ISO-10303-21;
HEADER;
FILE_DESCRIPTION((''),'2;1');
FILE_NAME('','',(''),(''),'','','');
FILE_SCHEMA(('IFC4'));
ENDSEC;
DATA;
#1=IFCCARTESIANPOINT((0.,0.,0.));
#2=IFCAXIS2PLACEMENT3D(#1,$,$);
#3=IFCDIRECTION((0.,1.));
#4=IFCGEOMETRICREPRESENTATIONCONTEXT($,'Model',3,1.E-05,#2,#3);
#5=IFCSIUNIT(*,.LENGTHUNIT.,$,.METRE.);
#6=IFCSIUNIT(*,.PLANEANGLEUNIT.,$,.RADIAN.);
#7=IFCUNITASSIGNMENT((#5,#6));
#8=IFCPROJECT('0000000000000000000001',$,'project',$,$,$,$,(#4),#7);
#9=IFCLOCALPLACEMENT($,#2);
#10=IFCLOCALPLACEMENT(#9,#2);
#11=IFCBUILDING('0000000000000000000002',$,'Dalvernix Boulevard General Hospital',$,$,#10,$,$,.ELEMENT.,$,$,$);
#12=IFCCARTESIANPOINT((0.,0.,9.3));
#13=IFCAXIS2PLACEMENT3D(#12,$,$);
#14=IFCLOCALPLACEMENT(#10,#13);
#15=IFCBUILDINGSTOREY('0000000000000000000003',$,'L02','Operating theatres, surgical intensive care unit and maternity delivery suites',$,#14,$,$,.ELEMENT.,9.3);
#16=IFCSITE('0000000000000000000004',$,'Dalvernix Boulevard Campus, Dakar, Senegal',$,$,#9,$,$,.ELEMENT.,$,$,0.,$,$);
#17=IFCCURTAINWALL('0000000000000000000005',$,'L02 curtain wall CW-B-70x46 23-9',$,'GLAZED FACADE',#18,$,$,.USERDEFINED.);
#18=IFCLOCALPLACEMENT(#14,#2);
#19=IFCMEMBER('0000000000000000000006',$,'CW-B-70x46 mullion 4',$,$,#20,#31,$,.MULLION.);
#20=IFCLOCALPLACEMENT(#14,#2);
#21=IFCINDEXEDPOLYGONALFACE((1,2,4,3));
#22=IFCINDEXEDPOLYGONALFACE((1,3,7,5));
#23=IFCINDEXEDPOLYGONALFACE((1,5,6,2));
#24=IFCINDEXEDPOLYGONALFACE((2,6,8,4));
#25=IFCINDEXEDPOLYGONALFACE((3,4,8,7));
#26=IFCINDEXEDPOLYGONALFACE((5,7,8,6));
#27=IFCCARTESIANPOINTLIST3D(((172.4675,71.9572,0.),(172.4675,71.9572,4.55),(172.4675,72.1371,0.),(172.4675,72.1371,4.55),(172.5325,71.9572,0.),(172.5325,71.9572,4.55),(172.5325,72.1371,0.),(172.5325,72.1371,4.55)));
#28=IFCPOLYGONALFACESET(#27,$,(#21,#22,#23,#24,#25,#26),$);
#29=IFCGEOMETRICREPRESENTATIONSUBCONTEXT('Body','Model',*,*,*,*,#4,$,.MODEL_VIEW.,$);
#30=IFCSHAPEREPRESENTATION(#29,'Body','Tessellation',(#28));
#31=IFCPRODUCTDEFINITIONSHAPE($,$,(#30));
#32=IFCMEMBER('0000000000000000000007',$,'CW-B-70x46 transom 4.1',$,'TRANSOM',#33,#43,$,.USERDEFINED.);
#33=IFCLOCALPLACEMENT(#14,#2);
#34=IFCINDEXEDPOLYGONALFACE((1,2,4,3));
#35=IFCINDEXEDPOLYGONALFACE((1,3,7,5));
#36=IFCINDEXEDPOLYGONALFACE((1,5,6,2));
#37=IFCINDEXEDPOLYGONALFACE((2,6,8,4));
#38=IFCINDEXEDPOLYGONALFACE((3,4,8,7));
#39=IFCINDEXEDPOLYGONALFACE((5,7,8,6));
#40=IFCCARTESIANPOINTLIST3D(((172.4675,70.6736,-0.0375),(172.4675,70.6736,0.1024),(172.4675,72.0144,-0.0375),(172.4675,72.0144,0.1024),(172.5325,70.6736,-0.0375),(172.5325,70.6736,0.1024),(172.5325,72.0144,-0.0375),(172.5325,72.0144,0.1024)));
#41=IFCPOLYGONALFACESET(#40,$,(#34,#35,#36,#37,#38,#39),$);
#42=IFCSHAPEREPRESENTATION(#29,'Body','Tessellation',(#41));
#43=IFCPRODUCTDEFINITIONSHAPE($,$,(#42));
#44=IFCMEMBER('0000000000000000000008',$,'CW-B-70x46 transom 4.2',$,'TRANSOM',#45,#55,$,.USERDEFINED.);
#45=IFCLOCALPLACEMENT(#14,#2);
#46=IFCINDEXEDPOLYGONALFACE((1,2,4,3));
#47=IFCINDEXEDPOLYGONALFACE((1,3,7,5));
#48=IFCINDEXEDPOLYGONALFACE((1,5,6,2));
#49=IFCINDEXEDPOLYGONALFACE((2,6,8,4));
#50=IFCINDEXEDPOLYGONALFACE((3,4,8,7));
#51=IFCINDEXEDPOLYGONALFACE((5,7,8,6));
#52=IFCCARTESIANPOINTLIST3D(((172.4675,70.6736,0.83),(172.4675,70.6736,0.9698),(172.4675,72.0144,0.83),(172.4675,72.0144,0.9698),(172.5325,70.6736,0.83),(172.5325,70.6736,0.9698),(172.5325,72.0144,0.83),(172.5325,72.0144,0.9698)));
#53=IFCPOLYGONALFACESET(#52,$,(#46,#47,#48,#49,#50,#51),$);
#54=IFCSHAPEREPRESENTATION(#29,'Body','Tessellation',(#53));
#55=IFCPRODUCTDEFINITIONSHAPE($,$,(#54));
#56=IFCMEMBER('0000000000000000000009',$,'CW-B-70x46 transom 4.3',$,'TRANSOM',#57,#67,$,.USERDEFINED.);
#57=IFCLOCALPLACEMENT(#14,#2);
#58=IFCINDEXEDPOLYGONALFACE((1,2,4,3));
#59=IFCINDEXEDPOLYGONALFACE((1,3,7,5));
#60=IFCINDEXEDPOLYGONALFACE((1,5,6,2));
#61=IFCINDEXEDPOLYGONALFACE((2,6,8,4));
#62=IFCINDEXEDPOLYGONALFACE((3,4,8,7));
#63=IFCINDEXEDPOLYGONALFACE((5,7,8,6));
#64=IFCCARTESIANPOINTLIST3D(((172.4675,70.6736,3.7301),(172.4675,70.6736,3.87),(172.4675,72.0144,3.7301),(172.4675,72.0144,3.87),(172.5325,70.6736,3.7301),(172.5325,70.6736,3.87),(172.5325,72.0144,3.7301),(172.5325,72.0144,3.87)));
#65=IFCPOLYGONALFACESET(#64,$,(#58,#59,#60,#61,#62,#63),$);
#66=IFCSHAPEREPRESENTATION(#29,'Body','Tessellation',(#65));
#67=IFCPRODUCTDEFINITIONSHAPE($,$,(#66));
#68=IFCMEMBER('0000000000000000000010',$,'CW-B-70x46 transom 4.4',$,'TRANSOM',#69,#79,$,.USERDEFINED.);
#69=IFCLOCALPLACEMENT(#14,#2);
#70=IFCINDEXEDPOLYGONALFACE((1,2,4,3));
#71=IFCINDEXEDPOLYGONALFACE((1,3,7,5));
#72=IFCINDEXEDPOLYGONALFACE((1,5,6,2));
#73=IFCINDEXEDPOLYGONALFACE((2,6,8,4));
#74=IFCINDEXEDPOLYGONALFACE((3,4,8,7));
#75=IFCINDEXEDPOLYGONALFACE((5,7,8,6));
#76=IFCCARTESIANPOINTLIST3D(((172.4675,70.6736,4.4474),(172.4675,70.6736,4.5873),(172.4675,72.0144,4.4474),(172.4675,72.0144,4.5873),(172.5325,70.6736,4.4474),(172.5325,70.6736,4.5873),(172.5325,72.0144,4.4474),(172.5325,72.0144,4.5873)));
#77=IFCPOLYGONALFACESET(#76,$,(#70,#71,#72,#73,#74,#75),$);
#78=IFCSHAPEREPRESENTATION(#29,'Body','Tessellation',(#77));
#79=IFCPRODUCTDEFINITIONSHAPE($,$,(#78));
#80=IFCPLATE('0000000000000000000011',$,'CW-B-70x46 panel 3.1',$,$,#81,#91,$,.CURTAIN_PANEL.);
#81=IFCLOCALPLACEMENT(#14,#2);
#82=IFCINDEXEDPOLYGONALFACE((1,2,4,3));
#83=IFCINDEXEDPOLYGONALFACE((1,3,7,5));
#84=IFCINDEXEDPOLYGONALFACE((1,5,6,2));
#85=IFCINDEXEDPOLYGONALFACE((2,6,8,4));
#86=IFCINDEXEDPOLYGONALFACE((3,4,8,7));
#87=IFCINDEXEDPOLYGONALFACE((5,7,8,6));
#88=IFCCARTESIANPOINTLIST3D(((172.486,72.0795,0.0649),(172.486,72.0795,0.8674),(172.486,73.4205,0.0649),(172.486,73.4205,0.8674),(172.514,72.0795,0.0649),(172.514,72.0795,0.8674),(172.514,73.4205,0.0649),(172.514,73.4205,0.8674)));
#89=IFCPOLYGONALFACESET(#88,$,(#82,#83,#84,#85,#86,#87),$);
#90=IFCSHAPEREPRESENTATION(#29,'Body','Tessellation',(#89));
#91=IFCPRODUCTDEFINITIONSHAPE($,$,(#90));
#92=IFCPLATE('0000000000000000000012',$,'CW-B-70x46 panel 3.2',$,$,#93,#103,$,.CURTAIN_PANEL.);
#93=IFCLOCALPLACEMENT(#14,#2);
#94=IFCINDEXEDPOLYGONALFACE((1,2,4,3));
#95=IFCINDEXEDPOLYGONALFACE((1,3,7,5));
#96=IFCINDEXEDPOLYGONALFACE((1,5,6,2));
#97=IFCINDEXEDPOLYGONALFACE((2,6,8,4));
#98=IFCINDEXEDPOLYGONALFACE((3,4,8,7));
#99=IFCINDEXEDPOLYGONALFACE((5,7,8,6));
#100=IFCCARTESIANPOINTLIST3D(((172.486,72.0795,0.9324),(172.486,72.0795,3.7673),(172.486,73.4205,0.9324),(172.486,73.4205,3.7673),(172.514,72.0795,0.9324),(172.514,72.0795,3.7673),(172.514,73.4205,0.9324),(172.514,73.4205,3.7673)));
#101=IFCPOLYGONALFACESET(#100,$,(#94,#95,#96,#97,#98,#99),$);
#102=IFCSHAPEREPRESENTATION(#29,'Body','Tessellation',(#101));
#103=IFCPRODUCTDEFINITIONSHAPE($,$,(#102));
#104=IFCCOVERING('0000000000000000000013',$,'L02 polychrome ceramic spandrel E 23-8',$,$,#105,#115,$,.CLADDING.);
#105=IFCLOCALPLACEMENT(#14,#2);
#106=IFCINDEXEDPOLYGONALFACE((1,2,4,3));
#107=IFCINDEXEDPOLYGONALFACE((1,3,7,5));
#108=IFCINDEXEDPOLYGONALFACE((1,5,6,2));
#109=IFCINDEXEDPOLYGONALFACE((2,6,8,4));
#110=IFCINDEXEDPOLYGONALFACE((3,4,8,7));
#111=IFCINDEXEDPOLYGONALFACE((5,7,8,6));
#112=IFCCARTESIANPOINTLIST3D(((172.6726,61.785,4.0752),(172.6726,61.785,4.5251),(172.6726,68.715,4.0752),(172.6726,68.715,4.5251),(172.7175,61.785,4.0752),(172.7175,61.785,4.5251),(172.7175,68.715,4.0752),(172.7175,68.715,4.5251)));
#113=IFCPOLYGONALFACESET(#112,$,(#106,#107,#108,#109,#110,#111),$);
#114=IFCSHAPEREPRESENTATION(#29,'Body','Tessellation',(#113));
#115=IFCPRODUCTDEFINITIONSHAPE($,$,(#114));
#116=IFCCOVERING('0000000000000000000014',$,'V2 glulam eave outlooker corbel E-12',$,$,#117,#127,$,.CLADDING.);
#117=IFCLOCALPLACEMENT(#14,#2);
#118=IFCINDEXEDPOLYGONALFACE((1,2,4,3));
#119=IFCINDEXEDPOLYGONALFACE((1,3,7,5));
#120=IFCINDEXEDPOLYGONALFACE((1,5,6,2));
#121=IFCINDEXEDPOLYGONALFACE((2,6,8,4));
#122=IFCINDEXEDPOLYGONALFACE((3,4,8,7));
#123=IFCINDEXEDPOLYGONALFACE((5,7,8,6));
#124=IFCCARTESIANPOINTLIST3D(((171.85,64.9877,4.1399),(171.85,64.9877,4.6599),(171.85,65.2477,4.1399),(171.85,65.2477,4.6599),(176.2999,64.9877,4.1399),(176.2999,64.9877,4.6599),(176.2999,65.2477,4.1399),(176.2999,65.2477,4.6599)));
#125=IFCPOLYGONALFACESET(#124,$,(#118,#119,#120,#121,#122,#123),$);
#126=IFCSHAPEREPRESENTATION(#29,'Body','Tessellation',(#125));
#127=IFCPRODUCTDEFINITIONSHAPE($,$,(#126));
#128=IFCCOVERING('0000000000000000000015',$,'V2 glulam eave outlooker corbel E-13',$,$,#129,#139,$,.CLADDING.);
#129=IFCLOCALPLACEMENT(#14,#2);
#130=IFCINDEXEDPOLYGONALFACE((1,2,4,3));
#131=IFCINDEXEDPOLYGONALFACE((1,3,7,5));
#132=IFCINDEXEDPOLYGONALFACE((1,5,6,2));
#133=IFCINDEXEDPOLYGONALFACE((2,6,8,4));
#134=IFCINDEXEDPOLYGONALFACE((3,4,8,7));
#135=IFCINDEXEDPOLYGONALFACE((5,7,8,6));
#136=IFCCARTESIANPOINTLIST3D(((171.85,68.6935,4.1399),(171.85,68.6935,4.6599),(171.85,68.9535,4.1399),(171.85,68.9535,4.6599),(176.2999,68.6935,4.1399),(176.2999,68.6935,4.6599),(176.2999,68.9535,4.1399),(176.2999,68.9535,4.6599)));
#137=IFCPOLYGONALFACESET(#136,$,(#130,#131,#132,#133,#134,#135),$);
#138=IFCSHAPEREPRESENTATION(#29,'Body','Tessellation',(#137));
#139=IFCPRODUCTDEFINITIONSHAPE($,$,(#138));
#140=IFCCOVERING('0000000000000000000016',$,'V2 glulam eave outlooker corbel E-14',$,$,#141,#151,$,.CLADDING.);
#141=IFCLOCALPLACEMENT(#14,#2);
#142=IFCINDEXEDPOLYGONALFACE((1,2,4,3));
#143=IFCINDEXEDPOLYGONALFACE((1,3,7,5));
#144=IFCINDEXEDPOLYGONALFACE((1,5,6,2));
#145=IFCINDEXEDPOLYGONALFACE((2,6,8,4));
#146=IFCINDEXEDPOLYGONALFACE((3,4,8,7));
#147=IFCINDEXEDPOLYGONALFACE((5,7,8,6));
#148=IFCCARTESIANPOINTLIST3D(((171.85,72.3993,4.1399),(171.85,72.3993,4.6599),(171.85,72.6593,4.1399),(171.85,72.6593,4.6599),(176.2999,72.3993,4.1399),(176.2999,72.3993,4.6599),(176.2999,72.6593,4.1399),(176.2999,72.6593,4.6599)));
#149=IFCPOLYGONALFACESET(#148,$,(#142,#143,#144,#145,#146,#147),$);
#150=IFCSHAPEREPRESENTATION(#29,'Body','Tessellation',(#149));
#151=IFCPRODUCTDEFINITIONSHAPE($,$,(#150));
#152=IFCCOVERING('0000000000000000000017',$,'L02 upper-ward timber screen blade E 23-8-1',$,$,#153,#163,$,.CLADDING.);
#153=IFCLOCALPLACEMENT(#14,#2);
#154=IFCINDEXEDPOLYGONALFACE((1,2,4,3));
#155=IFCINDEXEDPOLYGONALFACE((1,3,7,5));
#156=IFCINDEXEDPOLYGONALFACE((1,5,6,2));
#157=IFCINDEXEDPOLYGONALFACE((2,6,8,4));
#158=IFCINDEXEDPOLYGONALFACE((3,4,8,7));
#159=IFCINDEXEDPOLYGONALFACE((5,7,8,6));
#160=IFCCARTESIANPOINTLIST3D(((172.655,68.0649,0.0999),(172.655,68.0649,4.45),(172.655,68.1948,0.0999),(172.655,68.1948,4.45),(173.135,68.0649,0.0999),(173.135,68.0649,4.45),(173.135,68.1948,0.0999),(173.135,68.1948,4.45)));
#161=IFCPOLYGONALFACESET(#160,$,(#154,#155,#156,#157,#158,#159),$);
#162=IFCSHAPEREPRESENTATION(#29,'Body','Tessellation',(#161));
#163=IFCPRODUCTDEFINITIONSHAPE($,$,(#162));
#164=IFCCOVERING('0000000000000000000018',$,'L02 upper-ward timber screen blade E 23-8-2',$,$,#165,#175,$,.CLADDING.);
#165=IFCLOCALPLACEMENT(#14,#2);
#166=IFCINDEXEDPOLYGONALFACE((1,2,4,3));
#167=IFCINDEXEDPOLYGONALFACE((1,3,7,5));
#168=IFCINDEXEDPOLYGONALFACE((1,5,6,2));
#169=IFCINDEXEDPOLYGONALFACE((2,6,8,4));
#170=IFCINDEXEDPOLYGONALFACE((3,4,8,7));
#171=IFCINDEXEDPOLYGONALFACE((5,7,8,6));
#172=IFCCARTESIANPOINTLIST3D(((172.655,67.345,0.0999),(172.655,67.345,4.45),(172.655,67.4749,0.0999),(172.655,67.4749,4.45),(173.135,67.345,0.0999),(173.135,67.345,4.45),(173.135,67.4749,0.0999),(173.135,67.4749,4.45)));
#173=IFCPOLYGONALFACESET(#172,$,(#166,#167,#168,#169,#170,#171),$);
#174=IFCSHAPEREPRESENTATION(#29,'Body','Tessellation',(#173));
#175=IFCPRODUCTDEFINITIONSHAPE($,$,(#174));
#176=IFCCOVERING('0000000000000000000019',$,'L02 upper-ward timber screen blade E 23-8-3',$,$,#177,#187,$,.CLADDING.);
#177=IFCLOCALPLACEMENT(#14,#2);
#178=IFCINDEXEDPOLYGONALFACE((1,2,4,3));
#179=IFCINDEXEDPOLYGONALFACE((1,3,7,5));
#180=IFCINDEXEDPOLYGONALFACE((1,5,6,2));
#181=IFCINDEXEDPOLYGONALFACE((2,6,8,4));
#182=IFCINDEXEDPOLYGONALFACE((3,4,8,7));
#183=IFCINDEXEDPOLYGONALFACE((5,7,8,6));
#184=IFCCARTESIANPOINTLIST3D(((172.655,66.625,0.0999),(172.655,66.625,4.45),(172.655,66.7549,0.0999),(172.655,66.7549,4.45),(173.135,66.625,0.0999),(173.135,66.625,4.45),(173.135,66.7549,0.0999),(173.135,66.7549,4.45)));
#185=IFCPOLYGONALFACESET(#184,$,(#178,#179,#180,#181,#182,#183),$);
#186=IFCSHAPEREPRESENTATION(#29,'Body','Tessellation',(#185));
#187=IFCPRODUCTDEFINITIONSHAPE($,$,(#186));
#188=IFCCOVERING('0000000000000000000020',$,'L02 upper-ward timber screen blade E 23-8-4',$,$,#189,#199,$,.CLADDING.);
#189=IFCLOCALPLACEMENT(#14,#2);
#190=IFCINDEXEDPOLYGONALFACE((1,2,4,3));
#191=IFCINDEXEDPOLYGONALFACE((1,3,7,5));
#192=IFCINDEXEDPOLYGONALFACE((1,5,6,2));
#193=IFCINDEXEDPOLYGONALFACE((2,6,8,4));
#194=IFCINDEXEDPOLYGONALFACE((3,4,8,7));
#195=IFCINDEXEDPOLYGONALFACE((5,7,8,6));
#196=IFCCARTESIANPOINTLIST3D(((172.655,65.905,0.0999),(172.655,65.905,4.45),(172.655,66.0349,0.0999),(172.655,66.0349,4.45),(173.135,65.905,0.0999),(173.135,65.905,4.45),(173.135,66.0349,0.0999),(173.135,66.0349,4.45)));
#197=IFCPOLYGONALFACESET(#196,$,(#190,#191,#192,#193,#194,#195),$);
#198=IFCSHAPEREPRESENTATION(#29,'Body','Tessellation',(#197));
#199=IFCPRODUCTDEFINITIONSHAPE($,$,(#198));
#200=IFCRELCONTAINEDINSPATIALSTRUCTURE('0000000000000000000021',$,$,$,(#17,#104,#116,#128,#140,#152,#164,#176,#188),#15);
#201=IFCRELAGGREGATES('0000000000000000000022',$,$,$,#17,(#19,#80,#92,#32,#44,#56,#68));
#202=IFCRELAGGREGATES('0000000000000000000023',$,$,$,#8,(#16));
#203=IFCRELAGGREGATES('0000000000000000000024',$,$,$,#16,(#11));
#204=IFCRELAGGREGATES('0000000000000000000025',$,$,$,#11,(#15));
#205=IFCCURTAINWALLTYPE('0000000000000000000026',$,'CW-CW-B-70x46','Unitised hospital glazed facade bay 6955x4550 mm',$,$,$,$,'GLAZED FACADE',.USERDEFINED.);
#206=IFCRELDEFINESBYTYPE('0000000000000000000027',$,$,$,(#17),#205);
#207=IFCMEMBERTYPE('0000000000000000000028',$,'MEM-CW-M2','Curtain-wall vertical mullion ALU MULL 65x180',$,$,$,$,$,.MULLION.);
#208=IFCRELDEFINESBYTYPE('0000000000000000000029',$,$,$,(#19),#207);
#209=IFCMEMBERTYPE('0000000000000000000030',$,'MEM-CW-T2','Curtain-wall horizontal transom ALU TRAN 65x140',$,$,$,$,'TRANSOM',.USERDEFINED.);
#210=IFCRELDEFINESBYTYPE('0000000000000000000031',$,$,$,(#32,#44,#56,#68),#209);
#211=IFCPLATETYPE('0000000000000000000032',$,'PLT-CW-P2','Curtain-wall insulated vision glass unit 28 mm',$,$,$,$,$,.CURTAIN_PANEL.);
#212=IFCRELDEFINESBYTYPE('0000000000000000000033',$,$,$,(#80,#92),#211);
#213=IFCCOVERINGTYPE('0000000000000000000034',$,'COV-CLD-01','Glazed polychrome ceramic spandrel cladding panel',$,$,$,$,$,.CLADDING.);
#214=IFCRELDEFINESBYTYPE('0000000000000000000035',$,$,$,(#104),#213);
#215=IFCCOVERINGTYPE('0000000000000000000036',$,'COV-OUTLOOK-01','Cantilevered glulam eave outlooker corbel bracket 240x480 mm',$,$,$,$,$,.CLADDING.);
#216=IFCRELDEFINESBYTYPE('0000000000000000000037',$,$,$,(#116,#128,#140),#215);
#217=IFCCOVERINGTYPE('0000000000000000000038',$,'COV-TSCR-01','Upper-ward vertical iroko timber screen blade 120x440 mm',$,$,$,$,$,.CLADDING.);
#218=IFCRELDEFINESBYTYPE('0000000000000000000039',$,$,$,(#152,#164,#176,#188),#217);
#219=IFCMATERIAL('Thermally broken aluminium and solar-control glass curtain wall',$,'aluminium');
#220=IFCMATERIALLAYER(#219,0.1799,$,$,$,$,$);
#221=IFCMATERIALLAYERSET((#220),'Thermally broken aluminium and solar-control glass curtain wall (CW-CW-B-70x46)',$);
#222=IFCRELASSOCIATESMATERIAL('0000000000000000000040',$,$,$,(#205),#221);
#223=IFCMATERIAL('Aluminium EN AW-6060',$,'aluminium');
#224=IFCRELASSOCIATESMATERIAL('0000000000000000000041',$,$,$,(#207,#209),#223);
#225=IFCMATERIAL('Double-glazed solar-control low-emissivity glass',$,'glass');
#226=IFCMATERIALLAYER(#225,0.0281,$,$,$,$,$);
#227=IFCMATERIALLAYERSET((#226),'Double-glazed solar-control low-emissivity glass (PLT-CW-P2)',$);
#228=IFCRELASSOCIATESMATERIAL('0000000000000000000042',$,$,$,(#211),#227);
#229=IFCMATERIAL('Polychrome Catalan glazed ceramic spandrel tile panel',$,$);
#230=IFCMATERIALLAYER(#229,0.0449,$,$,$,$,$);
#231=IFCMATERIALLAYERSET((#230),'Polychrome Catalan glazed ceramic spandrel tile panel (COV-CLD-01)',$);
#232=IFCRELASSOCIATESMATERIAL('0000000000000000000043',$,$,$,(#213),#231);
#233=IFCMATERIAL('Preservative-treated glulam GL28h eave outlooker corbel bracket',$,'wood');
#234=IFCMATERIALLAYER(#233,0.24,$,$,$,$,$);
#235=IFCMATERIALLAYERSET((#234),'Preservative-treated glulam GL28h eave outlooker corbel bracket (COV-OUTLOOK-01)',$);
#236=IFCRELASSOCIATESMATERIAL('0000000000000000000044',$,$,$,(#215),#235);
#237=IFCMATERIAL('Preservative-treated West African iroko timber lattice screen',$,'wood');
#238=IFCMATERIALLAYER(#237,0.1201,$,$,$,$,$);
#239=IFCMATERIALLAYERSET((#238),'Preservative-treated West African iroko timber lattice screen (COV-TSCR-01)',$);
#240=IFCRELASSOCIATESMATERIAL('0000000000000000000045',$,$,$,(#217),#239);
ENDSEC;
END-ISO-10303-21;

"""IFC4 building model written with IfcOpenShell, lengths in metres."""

from ifc_helpers import new_model, si_unit, direction, frame, origin, origin_2d, place, context, subcontext, project, spatial, rectangle, extrude, material, layer, layer_set, material_profile, profile_set, type_object, element, aggregate, save


model = new_model("IFC4")

# Units and contexts
model_context = context("Model", 3, precision=1e-05, world=origin(), true_north=direction((0.0, 1.0)))
body_context = subcontext(model_context, "Body", "Model", "MODEL_VIEW")
ifc_project = project(units=[si_unit("LENGTHUNIT", "METRE"), si_unit("PLANEANGLEUNIT", "RADIAN")], contexts=[model_context])

# Site, building, storey
site_placement = place(None, origin())
site = spatial("IfcSite", under=ifc_project, at=site_placement, Name="Dalvernix Boulevard Campus, Dakar, Senegal", CompositionType="ELEMENT", RefElevation=0.0)
building_placement = place(site_placement, origin())
building = spatial("IfcBuilding", under=site, at=building_placement, Name="Dalvernix Boulevard General Hospital", CompositionType="ELEMENT")
storey_placement = place(building_placement, frame((0.0, 0.0, 9.3)))
storey = spatial("IfcBuildingStorey", under=building, at=storey_placement, Name="L02", Description="Operating theatres, surgical intensive care unit and maternity delivery suites", CompositionType="ELEMENT", Elevation=9.3)

# Curtain wall, members, plates
ifc_material_1 = material(Name="Thermally broken aluminium and solar-control glass curtain wall", Category="aluminium")
ifc_layer_1 = layer(ifc_material_1, 0.1799)
ifc_layer_set_1 = layer_set([ifc_layer_1], Name="Thermally broken aluminium and solar-control glass curtain wall (CW-CW-B-70x46)")
curtain_wall_type = type_object("IfcCurtainWallType", Name="CW-CW-B-70x46", Description="Unitised hospital glazed facade bay 6955x4550 mm", ElementType="GLAZED FACADE", PredefinedType="USERDEFINED", material=ifc_layer_set_1)
curtain_wall_placement = place(storey_placement, origin())
curtain_wall = element("IfcCurtainWall", 1, at=curtain_wall_placement, inside=storey, type_object=curtain_wall_type, Name="L02 curtain wall CW-B-70x46 23-9", ObjectType="GLAZED FACADE", PredefinedType="USERDEFINED")
ifc_material_2 = material(Name="Aluminium EN AW-6060", Category="aluminium")
ifc_material_profile_1 = material_profile(ifc_material_2, rectangle(XDim=0.0649, YDim=0.1799, at=origin_2d()), Name="ALU MULL 65x180")
ifc_profile_set_1 = profile_set([ifc_material_profile_1], Name="Aluminium EN AW-6060")
member_type_1 = type_object("IfcMemberType", Name="MEM-CW-M2", Description="Curtain-wall vertical mullion ALU MULL 65x180", PredefinedType="MULLION", material=ifc_profile_set_1)
member_1_placement = place(storey_placement, frame((172.5, 72.0471, 0.0), z_axis=(0.0, 0.0, 1.0), x_axis=(1.0, 0.0, 0.0)))
member_1 = element("IfcMember", 2, at=member_1_placement, type_object=member_type_1, Name="CW-B-70x46 mullion 4", PredefinedType="MULLION", context=body_context, shape_type="SweptSolid", body=[
    extrude(rectangle(XDim=0.0649, YDim=0.1799, at=origin_2d()), origin(), (0.0, 0.0, 1.0), 4.55),
])
ifc_material_profile_2 = material_profile(ifc_material_2, rectangle(XDim=0.0649, YDim=0.1399, at=origin_2d()), Name="ALU TRAN 65x140")
ifc_profile_set_2 = profile_set([ifc_material_profile_2], Name="Aluminium EN AW-6060")
member_type_2 = type_object("IfcMemberType", Name="MEM-CW-T2", Description="Curtain-wall horizontal transom ALU TRAN 65x140", ElementType="TRANSOM", PredefinedType="USERDEFINED", material=ifc_profile_set_2)
member_2_placement = place(storey_placement, frame((172.5, 72.0144, 0.0325), z_axis=(0.0, -1.0, 0.0), x_axis=(1.0, 0.0, 0.0)))
member_2 = element("IfcMember", 3, at=member_2_placement, type_object=member_type_2, Name="CW-B-70x46 transom 4.1", ObjectType="TRANSOM", PredefinedType="USERDEFINED", context=body_context, shape_type="SweptSolid", body=[
    extrude(rectangle(XDim=0.0649, YDim=0.1399, at=origin_2d()), origin(), (0.0, 0.0, 1.0), 1.3408),
])
member_3_placement = place(storey_placement, frame((172.5, 72.0144, 0.8999), z_axis=(0.0, -1.0, 0.0), x_axis=(1.0, 0.0, 0.0)))
member_3 = element("IfcMember", 4, at=member_3_placement, type_object=member_type_2, Name="CW-B-70x46 transom 4.2", ObjectType="TRANSOM", PredefinedType="USERDEFINED", context=body_context, shape_type="SweptSolid", body=[
    extrude(rectangle(XDim=0.0649, YDim=0.1399, at=origin_2d()), origin(), (0.0, 0.0, 1.0), 1.3408),
])
member_4_placement = place(storey_placement, frame((172.5, 72.0144, 3.8), z_axis=(0.0, -1.0, 0.0), x_axis=(1.0, 0.0, 0.0)))
member_4 = element("IfcMember", 5, at=member_4_placement, type_object=member_type_2, Name="CW-B-70x46 transom 4.3", ObjectType="TRANSOM", PredefinedType="USERDEFINED", context=body_context, shape_type="SweptSolid", body=[
    extrude(rectangle(XDim=0.0649, YDim=0.1399, at=origin_2d()), origin(), (0.0, 0.0, 1.0), 1.3408),
])
member_5_placement = place(storey_placement, frame((172.5, 72.0144, 4.5173), z_axis=(0.0, -1.0, 0.0), x_axis=(1.0, 0.0, 0.0)))
member_5 = element("IfcMember", 6, at=member_5_placement, type_object=member_type_2, Name="CW-B-70x46 transom 4.4", ObjectType="TRANSOM", PredefinedType="USERDEFINED", context=body_context, shape_type="SweptSolid", body=[
    extrude(rectangle(XDim=0.0649, YDim=0.1399, at=origin_2d()), origin(), (0.0, 0.0, 1.0), 1.3408),
])
ifc_material_3 = material(Name="Double-glazed solar-control low-emissivity glass", Category="glass")
ifc_layer_2 = layer(ifc_material_3, 0.0281)
ifc_layer_set_2 = layer_set([ifc_layer_2], Name="Double-glazed solar-control low-emissivity glass (PLT-CW-P2)")
plate_type = type_object("IfcPlateType", Name="PLT-CW-P2", Description="Curtain-wall insulated vision glass unit 28 mm", PredefinedType="CURTAIN_PANEL", material=ifc_layer_set_2)
plate_1_placement = place(storey_placement, frame((172.5, 72.75, 0.0649), z_axis=(0.0, 0.0, 1.0), x_axis=(0.0, -1.0, 0.0)))
plate_1 = element("IfcPlate", 7, at=plate_1_placement, type_object=plate_type, Name="CW-B-70x46 panel 3.1", PredefinedType="CURTAIN_PANEL", context=body_context, shape_type="SweptSolid", body=[
    extrude(rectangle(XDim=1.3411, YDim=0.0281, at=origin_2d()), origin(), (0.0, 0.0, 1.0), 0.8025),
])
plate_2_placement = place(storey_placement, frame((172.5, 72.75, 0.9324), z_axis=(0.0, 0.0, 1.0), x_axis=(0.0, -1.0, 0.0)))
plate_2 = element("IfcPlate", 8, at=plate_2_placement, type_object=plate_type, Name="CW-B-70x46 panel 3.2", PredefinedType="CURTAIN_PANEL", context=body_context, shape_type="SweptSolid", body=[
    extrude(rectangle(XDim=1.3411, YDim=0.0281, at=origin_2d()), origin(), (0.0, 0.0, 1.0), 2.835),
])
aggregate(curtain_wall, [member_1, plate_1, plate_2, member_2, member_3, member_4, member_5])

# Coverings
ifc_material_4 = material(Name="Polychrome Catalan glazed ceramic spandrel tile panel")
ifc_layer_3 = layer(ifc_material_4, 0.0449)
ifc_layer_set_3 = layer_set([ifc_layer_3], Name="Polychrome Catalan glazed ceramic spandrel tile panel (COV-CLD-01)")
covering_type_1 = type_object("IfcCoveringType", Name="COV-CLD-01", Description="Glazed polychrome ceramic spandrel cladding panel", PredefinedType="CLADDING", material=ifc_layer_set_3)
covering_placement = place(storey_placement, frame((172.6951, 65.25, 4.0752), z_axis=(0.0, 0.0, 1.0), x_axis=(0.0, -1.0, 0.0)))
element("IfcCovering", 9, at=covering_placement, inside=storey, type_object=covering_type_1, Name="L02 polychrome ceramic spandrel E 23-8", PredefinedType="CLADDING", context=body_context, shape_type="SweptSolid", body=[
    extrude(rectangle(XDim=6.9299, YDim=0.0449, at=origin_2d()), origin(), (0.0, 0.0, 1.0), 0.45),
])
ifc_material_5 = material(Name="Preservative-treated glulam GL28h eave outlooker corbel bracket", Category="wood")
ifc_layer_4 = layer(ifc_material_5, 0.24)
ifc_layer_set_4 = layer_set([ifc_layer_4], Name="Preservative-treated glulam GL28h eave outlooker corbel bracket (COV-OUTLOOK-01)")
covering_type_2 = type_object("IfcCoveringType", Name="COV-OUTLOOK-01", Description="Cantilevered glulam eave outlooker corbel bracket 240x480 mm", PredefinedType="CLADDING", material=ifc_layer_set_4)
for number, where, z_axis, x_axis, name in (
    (10, (174.075, 65.1177, 4.1399), (0.0, 0.0, 1.0), (1.0, 0.0, 0.0), "V2 glulam eave outlooker corbel E-12"),
    (11, (174.075, 68.8235, 4.1399), (0.0, 0.0, 1.0), (1.0, 0.0, 0.0), "V2 glulam eave outlooker corbel E-13"),
    (12, (174.075, 72.5293, 4.1399), (0.0, 0.0, 1.0), (1.0, 0.0, 0.0), "V2 glulam eave outlooker corbel E-14"),
):
    element("IfcCovering", number, at=place(storey_placement, frame(where, z_axis=z_axis, x_axis=x_axis)), inside=storey, type_object=covering_type_2, Name=name, PredefinedType="CLADDING", context=body_context, shape_type="SweptSolid", body=[
        extrude(rectangle(XDim=4.45, YDim=0.26, at=origin_2d()), origin(), (0.0, 0.0, 1.0), 0.52),
    ])
ifc_material_6 = material(Name="Preservative-treated West African iroko timber lattice screen", Category="wood")
ifc_layer_5 = layer(ifc_material_6, 0.1201)
ifc_layer_set_5 = layer_set([ifc_layer_5], Name="Preservative-treated West African iroko timber lattice screen (COV-TSCR-01)")
covering_type_3 = type_object("IfcCoveringType", Name="COV-TSCR-01", Description="Upper-ward vertical iroko timber screen blade 120x440 mm", PredefinedType="CLADDING", material=ifc_layer_set_5)
for number, where, z_axis, x_axis, name in (
    (13, (172.895, 68.1299, 0.0999), (0.0, 0.0, 1.0), (0.0, -1.0, 0.0), "L02 upper-ward timber screen blade E 23-8-1"),
    (14, (172.895, 67.4099, 0.0999), (0.0, 0.0, 1.0), (0.0, -1.0, 0.0), "L02 upper-ward timber screen blade E 23-8-2"),
    (15, (172.895, 66.6899, 0.0999), (0.0, 0.0, 1.0), (0.0, -1.0, 0.0), "L02 upper-ward timber screen blade E 23-8-3"),
    (16, (172.895, 65.97, 0.0999), (0.0, 0.0, 1.0), (0.0, -1.0, 0.0), "L02 upper-ward timber screen blade E 23-8-4"),
):
    element("IfcCovering", number, at=place(storey_placement, frame(where, z_axis=z_axis, x_axis=x_axis)), inside=storey, type_object=covering_type_3, Name=name, PredefinedType="CLADDING", context=body_context, shape_type="SweptSolid", body=[
        extrude(rectangle(XDim=0.1299, YDim=0.48, at=origin_2d()), origin(), (0.0, 0.0, 1.0), 4.3501),
    ])

save(model, "model.ifc")
